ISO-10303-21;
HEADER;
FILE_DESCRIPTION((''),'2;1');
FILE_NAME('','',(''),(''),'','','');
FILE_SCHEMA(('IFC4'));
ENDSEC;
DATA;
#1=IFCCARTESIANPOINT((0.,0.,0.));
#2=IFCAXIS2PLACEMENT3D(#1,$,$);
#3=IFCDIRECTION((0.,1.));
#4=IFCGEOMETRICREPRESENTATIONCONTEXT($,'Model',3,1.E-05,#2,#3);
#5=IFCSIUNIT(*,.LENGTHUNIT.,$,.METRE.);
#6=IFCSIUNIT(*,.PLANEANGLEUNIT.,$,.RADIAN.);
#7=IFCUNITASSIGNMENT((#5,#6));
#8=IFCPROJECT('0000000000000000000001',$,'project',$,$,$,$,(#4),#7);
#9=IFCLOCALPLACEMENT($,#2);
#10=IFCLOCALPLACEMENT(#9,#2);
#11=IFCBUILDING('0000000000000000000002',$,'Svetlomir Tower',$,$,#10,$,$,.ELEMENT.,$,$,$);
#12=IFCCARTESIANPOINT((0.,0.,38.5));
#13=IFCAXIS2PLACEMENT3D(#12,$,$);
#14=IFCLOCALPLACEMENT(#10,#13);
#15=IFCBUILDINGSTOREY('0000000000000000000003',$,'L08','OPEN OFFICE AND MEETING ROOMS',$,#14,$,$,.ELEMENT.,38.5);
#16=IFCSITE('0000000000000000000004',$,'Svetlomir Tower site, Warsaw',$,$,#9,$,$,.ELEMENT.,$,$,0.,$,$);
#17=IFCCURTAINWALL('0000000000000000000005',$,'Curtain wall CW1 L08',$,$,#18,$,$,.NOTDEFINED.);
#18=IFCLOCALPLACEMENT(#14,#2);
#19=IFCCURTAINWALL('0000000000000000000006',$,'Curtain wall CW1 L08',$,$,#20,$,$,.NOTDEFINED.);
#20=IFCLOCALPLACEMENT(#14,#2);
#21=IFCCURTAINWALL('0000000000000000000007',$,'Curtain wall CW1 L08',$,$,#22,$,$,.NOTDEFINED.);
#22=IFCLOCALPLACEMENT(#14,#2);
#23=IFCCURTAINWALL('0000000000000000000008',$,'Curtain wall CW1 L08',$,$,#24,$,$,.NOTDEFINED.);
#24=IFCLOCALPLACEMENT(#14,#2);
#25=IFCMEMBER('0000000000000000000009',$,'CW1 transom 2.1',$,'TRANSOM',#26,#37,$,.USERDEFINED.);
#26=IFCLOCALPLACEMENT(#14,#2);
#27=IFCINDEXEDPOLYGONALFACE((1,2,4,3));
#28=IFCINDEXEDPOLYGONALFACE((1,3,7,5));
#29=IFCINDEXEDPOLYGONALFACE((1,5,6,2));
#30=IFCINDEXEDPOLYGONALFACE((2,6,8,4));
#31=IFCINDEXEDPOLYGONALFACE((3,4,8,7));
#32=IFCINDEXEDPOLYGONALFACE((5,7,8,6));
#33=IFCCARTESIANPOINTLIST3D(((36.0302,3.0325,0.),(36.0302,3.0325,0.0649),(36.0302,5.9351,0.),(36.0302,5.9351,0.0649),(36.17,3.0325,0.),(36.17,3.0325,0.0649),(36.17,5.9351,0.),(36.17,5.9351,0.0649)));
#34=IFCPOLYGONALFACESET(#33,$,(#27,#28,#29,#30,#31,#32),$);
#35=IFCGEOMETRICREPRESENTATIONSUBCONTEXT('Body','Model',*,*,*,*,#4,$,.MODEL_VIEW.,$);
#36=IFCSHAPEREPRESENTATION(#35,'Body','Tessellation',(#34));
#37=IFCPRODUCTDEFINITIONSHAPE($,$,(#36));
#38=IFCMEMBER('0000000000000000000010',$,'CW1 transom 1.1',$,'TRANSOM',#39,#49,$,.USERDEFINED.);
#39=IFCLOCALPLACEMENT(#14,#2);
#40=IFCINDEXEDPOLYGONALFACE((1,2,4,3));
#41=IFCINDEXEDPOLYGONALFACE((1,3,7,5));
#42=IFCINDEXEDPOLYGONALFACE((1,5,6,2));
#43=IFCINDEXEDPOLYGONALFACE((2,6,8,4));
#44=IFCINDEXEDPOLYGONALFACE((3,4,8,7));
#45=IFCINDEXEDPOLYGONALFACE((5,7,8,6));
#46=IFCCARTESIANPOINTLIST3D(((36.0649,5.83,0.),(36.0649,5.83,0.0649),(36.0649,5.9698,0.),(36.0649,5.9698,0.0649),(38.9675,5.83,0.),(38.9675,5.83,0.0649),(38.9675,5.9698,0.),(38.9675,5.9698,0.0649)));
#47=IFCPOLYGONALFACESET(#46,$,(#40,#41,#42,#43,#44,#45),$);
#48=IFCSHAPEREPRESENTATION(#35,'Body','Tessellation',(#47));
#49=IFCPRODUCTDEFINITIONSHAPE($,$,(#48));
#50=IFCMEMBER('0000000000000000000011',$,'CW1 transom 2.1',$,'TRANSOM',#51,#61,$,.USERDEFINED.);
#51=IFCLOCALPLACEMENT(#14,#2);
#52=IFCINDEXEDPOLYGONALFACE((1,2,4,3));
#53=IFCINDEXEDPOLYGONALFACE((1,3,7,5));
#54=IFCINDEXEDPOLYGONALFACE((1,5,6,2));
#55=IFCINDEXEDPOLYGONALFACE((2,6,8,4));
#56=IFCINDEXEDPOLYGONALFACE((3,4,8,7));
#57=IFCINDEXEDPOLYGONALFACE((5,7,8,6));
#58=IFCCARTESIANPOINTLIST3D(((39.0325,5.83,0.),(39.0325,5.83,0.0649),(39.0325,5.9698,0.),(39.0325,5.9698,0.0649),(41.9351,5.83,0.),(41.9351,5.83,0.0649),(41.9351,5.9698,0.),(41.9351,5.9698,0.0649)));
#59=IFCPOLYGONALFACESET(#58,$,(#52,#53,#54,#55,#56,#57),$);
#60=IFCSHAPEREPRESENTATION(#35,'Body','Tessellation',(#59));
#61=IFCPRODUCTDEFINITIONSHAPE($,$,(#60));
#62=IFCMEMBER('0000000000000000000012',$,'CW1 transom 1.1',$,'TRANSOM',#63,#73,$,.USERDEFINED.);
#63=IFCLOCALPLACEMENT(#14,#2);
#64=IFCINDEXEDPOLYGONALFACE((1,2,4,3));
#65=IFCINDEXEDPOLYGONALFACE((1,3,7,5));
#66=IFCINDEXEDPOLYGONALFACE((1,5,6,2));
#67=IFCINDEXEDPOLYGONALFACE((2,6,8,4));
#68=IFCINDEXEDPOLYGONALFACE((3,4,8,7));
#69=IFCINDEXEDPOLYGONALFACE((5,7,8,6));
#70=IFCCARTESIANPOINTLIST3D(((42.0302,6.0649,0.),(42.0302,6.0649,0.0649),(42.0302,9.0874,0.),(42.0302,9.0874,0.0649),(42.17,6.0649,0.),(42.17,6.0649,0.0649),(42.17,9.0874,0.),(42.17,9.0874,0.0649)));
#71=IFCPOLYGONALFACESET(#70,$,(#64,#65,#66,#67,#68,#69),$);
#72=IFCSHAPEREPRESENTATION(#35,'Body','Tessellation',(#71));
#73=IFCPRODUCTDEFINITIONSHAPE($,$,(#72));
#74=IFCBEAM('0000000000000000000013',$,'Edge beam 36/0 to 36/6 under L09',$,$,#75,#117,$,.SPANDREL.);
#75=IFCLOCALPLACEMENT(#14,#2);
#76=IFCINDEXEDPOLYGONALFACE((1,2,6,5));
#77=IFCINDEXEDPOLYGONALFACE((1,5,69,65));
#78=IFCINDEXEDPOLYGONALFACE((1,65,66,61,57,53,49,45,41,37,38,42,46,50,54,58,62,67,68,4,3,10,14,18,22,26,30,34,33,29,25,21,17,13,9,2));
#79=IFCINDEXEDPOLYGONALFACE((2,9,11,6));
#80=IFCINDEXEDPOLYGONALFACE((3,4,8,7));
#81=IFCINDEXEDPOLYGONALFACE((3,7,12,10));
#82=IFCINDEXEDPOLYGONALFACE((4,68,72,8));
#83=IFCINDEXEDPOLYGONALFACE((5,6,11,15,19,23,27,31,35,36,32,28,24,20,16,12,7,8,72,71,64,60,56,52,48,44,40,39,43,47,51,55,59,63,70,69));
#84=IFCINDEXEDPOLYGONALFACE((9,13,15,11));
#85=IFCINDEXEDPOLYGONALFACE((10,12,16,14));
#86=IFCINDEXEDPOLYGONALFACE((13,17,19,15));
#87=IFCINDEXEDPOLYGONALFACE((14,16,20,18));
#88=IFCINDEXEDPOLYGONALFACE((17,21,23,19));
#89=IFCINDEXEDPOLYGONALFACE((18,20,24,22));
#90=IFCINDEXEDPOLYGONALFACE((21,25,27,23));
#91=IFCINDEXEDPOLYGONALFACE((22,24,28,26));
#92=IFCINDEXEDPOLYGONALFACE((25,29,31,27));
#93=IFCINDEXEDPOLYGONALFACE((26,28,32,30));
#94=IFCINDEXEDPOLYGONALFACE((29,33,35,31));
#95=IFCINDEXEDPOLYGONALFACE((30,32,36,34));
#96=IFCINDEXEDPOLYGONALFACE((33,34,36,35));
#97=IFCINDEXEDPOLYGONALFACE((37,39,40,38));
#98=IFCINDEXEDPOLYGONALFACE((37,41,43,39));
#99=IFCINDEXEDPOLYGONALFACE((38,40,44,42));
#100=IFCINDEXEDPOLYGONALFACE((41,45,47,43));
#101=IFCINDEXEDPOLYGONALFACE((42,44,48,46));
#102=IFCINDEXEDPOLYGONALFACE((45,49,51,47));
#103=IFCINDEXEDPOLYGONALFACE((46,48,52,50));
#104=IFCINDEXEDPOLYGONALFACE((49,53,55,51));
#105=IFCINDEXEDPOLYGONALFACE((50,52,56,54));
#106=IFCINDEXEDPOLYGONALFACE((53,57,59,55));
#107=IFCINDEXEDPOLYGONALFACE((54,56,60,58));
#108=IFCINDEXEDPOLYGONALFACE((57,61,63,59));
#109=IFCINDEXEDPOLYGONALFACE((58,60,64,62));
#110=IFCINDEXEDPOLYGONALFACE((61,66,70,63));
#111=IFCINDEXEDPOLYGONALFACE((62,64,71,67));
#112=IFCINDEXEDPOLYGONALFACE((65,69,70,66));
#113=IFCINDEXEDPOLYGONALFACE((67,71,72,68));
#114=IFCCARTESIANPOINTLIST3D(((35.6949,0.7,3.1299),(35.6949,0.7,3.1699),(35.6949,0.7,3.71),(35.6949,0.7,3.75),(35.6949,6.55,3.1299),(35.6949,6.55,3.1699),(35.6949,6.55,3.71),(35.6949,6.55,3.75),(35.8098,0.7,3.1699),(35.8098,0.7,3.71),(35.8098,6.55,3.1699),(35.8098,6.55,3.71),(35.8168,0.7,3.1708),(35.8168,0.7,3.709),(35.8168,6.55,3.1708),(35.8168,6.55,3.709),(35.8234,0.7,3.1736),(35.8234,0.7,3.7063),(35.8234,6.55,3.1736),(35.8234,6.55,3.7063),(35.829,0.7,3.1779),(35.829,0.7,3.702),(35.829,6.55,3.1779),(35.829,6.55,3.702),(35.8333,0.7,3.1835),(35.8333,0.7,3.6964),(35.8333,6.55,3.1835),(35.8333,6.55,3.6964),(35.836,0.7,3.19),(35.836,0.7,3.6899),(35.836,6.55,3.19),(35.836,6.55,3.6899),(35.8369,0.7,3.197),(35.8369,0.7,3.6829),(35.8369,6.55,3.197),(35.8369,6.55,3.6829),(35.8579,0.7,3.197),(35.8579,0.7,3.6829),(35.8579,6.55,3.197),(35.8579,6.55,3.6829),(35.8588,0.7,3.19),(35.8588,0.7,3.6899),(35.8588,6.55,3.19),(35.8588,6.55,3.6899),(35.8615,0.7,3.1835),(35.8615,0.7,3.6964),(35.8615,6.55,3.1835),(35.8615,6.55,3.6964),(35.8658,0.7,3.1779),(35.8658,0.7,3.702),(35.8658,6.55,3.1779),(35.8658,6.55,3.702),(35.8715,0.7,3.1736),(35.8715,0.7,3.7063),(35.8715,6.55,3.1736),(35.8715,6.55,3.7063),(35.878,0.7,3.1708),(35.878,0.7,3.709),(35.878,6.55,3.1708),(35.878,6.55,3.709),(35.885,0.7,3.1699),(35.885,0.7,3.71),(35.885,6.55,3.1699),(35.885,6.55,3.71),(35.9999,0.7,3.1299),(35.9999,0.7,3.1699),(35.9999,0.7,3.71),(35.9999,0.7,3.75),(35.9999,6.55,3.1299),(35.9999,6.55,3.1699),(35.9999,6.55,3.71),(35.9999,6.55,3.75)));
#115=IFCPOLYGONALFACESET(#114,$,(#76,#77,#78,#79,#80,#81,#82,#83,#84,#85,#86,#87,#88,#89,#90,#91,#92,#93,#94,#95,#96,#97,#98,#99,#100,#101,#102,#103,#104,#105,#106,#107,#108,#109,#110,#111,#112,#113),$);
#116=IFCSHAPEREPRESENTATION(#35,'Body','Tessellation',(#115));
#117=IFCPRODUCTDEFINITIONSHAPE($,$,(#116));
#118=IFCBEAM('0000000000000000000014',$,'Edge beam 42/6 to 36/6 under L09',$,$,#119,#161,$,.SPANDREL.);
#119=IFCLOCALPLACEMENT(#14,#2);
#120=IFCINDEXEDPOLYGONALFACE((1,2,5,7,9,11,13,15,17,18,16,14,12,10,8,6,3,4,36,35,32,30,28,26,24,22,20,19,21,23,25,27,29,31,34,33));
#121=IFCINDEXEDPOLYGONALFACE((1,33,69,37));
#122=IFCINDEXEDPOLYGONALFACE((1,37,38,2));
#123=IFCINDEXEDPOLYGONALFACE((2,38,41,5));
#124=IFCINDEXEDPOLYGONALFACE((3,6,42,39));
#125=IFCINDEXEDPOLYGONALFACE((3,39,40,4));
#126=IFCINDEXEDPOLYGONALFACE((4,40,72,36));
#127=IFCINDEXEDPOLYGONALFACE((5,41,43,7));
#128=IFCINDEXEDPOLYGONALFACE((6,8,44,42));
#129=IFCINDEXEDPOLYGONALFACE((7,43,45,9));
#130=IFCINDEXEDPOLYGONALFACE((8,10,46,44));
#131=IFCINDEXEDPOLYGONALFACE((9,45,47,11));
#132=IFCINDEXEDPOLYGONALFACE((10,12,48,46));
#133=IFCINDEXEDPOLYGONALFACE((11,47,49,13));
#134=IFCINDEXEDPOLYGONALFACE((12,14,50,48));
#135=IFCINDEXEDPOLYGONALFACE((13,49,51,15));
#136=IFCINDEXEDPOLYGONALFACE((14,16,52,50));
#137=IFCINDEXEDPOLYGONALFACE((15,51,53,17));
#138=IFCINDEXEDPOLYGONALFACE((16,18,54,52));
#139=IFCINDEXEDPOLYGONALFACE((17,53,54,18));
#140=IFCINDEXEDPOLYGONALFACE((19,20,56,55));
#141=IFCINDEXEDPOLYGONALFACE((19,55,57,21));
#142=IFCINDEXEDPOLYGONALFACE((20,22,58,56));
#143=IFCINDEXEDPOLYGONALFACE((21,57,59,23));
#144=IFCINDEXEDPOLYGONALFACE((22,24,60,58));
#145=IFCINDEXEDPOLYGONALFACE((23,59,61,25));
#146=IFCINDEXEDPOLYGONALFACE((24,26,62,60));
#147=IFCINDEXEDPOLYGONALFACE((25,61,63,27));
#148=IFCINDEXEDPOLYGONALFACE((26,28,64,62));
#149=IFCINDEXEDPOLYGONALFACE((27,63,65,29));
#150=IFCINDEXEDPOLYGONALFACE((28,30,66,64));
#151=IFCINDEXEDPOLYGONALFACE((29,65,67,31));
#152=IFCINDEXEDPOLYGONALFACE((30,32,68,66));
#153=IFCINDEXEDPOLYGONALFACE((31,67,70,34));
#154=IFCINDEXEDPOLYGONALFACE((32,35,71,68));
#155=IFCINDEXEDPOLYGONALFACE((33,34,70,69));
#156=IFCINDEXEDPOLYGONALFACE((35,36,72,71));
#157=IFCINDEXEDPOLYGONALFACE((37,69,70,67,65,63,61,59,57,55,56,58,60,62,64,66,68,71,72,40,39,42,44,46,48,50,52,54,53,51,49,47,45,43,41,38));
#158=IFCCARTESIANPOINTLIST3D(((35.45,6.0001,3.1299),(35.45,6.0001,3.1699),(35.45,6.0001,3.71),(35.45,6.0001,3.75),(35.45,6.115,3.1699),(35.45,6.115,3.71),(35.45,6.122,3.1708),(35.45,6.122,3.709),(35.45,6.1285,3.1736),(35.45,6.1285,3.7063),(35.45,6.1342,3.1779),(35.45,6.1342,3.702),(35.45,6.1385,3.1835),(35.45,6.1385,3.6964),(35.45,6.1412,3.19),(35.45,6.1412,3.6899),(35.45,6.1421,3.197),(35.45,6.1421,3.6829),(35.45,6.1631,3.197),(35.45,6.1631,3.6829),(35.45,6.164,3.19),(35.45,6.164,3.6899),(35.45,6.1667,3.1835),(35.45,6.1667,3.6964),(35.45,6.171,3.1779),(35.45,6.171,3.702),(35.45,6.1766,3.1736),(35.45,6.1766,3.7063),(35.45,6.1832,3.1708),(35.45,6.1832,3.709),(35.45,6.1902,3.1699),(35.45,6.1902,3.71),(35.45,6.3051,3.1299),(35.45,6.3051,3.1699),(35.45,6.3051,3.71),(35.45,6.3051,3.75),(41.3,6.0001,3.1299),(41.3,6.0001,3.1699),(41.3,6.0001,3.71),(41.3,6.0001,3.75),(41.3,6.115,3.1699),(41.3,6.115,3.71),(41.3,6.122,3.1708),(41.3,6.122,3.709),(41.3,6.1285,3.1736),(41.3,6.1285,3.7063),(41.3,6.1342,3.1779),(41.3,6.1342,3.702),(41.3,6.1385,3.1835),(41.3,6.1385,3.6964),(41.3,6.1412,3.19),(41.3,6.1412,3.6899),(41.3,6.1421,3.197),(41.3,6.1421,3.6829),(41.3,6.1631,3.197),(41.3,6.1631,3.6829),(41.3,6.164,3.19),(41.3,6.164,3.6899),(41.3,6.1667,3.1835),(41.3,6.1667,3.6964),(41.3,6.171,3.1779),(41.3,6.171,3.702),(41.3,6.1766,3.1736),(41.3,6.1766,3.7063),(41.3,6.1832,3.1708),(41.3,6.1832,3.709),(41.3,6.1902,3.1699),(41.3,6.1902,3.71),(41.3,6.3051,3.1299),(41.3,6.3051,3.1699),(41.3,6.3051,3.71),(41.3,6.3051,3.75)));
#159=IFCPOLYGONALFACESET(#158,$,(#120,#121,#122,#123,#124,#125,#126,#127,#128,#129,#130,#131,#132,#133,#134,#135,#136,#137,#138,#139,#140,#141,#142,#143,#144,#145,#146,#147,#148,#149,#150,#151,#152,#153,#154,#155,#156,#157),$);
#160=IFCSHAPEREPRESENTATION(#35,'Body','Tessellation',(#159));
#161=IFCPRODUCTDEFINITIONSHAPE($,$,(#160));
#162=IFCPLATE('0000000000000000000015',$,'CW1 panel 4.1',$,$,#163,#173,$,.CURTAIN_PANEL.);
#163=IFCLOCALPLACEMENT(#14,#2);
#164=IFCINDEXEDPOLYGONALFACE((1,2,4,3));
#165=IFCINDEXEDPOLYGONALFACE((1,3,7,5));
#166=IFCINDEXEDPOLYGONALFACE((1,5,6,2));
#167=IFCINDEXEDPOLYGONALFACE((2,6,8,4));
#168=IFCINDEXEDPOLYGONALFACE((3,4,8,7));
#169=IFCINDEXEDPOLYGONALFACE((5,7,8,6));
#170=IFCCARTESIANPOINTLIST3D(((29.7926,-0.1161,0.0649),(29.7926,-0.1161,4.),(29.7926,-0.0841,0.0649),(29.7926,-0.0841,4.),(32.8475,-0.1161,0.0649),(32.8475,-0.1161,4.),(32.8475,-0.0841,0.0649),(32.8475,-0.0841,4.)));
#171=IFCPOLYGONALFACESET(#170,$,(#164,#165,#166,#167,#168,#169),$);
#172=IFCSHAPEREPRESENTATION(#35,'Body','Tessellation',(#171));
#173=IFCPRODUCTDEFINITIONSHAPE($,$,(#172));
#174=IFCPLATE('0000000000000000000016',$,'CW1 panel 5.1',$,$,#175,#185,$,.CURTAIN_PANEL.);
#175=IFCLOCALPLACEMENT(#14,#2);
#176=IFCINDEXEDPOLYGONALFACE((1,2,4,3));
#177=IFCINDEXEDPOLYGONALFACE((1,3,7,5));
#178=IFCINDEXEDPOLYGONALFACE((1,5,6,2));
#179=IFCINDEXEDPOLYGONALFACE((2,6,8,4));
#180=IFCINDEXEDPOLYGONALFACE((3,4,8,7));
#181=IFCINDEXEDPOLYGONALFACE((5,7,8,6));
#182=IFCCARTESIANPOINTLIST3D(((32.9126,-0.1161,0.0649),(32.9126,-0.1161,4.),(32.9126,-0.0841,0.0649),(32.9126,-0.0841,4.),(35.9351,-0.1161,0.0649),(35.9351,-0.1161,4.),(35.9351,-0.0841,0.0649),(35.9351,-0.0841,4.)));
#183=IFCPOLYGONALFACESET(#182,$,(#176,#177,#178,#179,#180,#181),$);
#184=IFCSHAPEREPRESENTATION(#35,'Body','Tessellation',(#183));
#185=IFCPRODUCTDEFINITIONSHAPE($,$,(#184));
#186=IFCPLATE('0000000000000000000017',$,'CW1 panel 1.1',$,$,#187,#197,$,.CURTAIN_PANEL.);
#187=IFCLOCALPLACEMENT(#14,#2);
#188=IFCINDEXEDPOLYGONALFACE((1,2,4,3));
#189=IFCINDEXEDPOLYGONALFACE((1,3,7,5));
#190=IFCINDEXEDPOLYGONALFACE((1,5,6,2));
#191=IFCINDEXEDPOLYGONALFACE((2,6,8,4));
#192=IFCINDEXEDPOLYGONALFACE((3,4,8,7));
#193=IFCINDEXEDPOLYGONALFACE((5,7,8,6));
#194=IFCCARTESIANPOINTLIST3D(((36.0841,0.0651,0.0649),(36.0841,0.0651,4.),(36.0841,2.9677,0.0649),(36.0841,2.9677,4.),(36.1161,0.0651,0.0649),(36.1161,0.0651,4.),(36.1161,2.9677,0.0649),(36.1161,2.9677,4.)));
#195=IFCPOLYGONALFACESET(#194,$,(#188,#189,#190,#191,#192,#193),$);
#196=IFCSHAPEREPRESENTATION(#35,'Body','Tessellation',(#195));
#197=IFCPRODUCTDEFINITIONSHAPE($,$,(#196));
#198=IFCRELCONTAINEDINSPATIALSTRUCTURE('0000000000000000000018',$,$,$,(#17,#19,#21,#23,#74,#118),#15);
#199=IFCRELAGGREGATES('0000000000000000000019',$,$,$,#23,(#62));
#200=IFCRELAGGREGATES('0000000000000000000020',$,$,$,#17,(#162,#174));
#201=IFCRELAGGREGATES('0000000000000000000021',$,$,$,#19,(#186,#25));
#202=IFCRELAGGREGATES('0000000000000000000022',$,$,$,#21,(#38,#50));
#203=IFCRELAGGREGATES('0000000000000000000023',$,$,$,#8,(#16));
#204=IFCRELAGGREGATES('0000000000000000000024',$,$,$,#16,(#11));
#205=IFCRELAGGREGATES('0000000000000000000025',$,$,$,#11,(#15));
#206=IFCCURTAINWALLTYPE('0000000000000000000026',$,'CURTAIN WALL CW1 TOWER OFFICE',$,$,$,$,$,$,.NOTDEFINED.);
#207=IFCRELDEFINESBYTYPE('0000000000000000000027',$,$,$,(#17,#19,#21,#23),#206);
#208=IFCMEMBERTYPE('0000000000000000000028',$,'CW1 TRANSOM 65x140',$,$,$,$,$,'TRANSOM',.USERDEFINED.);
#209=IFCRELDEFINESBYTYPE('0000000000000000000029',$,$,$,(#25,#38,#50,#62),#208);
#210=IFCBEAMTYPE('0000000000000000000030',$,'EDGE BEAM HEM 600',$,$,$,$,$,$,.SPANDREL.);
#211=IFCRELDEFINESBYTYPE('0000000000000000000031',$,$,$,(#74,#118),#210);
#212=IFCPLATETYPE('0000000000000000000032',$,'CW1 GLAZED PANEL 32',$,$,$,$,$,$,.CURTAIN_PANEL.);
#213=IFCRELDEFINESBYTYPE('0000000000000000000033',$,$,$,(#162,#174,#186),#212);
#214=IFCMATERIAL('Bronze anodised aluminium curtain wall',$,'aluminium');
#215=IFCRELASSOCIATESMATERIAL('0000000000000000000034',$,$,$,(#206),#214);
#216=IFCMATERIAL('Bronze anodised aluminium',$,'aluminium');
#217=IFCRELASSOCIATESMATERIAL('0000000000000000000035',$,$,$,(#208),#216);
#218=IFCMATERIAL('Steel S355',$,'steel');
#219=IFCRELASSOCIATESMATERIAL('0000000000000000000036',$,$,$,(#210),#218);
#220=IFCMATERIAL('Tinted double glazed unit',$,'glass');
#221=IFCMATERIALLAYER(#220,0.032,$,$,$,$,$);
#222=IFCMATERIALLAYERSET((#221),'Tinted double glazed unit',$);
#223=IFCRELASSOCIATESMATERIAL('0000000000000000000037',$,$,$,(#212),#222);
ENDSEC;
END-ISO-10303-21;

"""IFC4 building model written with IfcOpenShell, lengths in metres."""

from ifc_helpers import new_model, si_unit, direction, frame, origin, origin_2d, place, context, subcontext, project, spatial, rectangle, i_section, extrude, material, layer, layer_set, material_profile, profile_set, type_object, element, aggregate, save


model = new_model("IFC4")

# Units and contexts
model_context = context("Model", 3, precision=1e-05, world=origin(), true_north=direction((0.0, 1.0)))
body_context = subcontext(model_context, "Body", "Model", "MODEL_VIEW")
ifc_project = project(units=[si_unit("LENGTHUNIT", "METRE"), si_unit("PLANEANGLEUNIT", "RADIAN")], contexts=[model_context])

# Site, building, storey
site_placement = place(None, origin())
site = spatial("IfcSite", under=ifc_project, at=site_placement, Name="Svetlomir Tower site, Warsaw", CompositionType="ELEMENT", RefElevation=0.0)
building_placement = place(site_placement, origin())
building = spatial("IfcBuilding", under=site, at=building_placement, Name="Svetlomir Tower", CompositionType="ELEMENT")
storey_placement = place(building_placement, frame((0.0, 0.0, 38.5)))
storey = spatial("IfcBuildingStorey", under=building, at=storey_placement, Name="L08", Description="OPEN OFFICE AND MEETING ROOMS", CompositionType="ELEMENT", Elevation=38.5)

# Curtain walls
ifc_material_1 = material(Name="Bronze anodised aluminium curtain wall", Category="aluminium")
curtain_wall_type = type_object("IfcCurtainWallType", Name="CURTAIN WALL CW1 TOWER OFFICE", PredefinedType="NOTDEFINED", material=ifc_material_1)
curtain_wall_1_placement = place(storey_placement, origin())
curtain_wall_1 = element("IfcCurtainWall", 1, at=curtain_wall_1_placement, inside=storey, type_object=curtain_wall_type, Name="Curtain wall CW1 L08", PredefinedType="NOTDEFINED")
curtain_wall_2_placement = place(storey_placement, origin())
curtain_wall_2 = element("IfcCurtainWall", 2, at=curtain_wall_2_placement, inside=storey, type_object=curtain_wall_type, Name="Curtain wall CW1 L08", PredefinedType="NOTDEFINED")
curtain_wall_3_placement = place(storey_placement, origin())
curtain_wall_3 = element("IfcCurtainWall", 3, at=curtain_wall_3_placement, inside=storey, type_object=curtain_wall_type, Name="Curtain wall CW1 L08", PredefinedType="NOTDEFINED")

# Curtain wall
curtain_wall_4_placement = place(storey_placement, origin())
curtain_wall_4 = element("IfcCurtainWall", 4, at=curtain_wall_4_placement, inside=storey, type_object=curtain_wall_type, Name="Curtain wall CW1 L08", PredefinedType="NOTDEFINED")

# Members
ifc_material_2 = material(Name="Bronze anodised aluminium", Category="aluminium")
ifc_material_profile_1 = material_profile(ifc_material_2, rectangle(XDim=0.1399, YDim=0.0649, at=origin_2d()), Name="AL 140x65")
ifc_profile_set_1 = profile_set([ifc_material_profile_1], Name="Bronze anodised aluminium 6063-T6")
member_type_1 = type_object("IfcMemberType", Name="CW1 TRANSOM 65x140", ElementType="TRANSOM", PredefinedType="USERDEFINED", material=ifc_profile_set_1)
member_1_placement = place(storey_placement, frame((36.1001, 3.0325, 0.0325), z_axis=(0.0, 1.0, 0.0), x_axis=(-1.0, 0.0, 0.0)))
member_1 = element("IfcMember", 5, at=member_1_placement, type_object=member_type_1, Name="CW1 transom 2.1", ObjectType="TRANSOM", PredefinedType="USERDEFINED", context=body_context, shape_type="SweptSolid", body=[
    extrude(rectangle(XDim=0.1399, YDim=0.0649, at=origin_2d()), origin(), (0.0, 0.0, 1.0), 2.9026),
])
member_2_placement = place(storey_placement, frame((36.0649, 5.8999, 0.0325), z_axis=(1.0, 0.0, 0.0), x_axis=(0.0, 1.0, 0.0)))
member_2 = element("IfcMember", 6, at=member_2_placement, type_object=member_type_1, Name="CW1 transom 1.1", ObjectType="TRANSOM", PredefinedType="USERDEFINED", context=body_context, shape_type="SweptSolid", body=[
    extrude(rectangle(XDim=0.1399, YDim=0.0649, at=origin_2d()), origin(), (0.0, 0.0, 1.0), 2.9026),
])
member_3_placement = place(storey_placement, frame((39.0325, 5.8999, 0.0325), z_axis=(1.0, 0.0, 0.0), x_axis=(0.0, 1.0, 0.0)))
member_3 = element("IfcMember", 7, at=member_3_placement, type_object=member_type_1, Name="CW1 transom 2.1", ObjectType="TRANSOM", PredefinedType="USERDEFINED", context=body_context, shape_type="SweptSolid", body=[
    extrude(rectangle(XDim=0.1399, YDim=0.0649, at=origin_2d()), origin(), (0.0, 0.0, 1.0), 2.9026),
])
member_4_placement = place(storey_placement, frame((42.1001, 6.0649, 0.0325), z_axis=(0.0, 1.0, 0.0), x_axis=(-1.0, 0.0, 0.0)))
member_4 = element("IfcMember", 8, at=member_4_placement, type_object=member_type_1, Name="CW1 transom 1.1", ObjectType="TRANSOM", PredefinedType="USERDEFINED", context=body_context, shape_type="SweptSolid", body=[
    extrude(rectangle(XDim=0.1399, YDim=0.0649, at=origin_2d()), origin(), (0.0, 0.0, 1.0), 3.0225),
])
aggregate(curtain_wall_4, [member_4])

# Beams
ifc_material_3 = material(Name="Steel S355", Category="steel")
ifc_material_profile_2 = material_profile(ifc_material_3, i_section(OverallWidth=0.3049, OverallDepth=0.6201, WebThickness=0.021, FlangeThickness=0.04, FilletRadius=0.0271, at=origin_2d()), Name="HEM 600")
ifc_profile_set_2 = profile_set([ifc_material_profile_2], Name="Steel S355")
beam_type = type_object("IfcBeamType", Name="EDGE BEAM HEM 600", PredefinedType="SPANDREL", material=ifc_profile_set_2)
for number, where, z_axis, x_axis, name in (
    (9, (35.8474, 0.7, 3.4399), (0.0, 1.0, 0.0), (-1.0, 0.0, 0.0), "Edge beam 36/0 to 36/6 under L09"),
    (10, (41.3, 6.1526, 3.4399), (-1.0, 0.0, 0.0), (0.0, -1.0, 0.0), "Edge beam 42/6 to 36/6 under L09"),
):
    element("IfcBeam", number, at=place(storey_placement, frame(where, z_axis=z_axis, x_axis=x_axis)), inside=storey, type_object=beam_type, Name=name, PredefinedType="SPANDREL", context=body_context, shape_type="SweptSolid", body=[
        extrude(i_section(OverallWidth=0.3049, OverallDepth=0.6201, WebThickness=0.021, FlangeThickness=0.04, FilletRadius=0.0271, at=origin_2d()), origin(), (0.0, 0.0, 1.0), 5.8501),
    ])

# Plates
ifc_material_4 = material(Name="Tinted double glazed unit", Category="glass")
ifc_layer_1 = layer(ifc_material_4, 0.032)
ifc_layer_set_1 = layer_set([ifc_layer_1], Name="Tinted double glazed unit")
plate_type = type_object("IfcPlateType", Name="CW1 GLAZED PANEL 32", PredefinedType="CURTAIN_PANEL", material=ifc_layer_set_1)
plate_1_placement = place(storey_placement, frame((31.3201, -0.1001, 0.0649), z_axis=(0.0, 0.0, 1.0), x_axis=(1.0, 0.0, 0.0)))
plate_1 = element("IfcPlate", 11, at=plate_1_placement, type_object=plate_type, Name="CW1 panel 4.1", PredefinedType="CURTAIN_PANEL", context=body_context, shape_type="SweptSolid", body=[
    extrude(rectangle(XDim=3.0549, YDim=0.032, at=origin_2d()), origin(), (0.0, 0.0, 1.0), 3.9351),
])
plate_2_placement = place(storey_placement, frame((34.4238, -0.1001, 0.0649), z_axis=(0.0, 0.0, 1.0), x_axis=(1.0, 0.0, 0.0)))
plate_2 = element("IfcPlate", 12, at=plate_2_placement, type_object=plate_type, Name="CW1 panel 5.1", PredefinedType="CURTAIN_PANEL", context=body_context, shape_type="SweptSolid", body=[
    extrude(rectangle(XDim=3.0225, YDim=0.032, at=origin_2d()), origin(), (0.0, 0.0, 1.0), 3.9351),
])
aggregate(curtain_wall_1, [plate_1, plate_2])
plate_3_placement = place(storey_placement, frame((36.1001, 1.5164, 0.0649), z_axis=(0.0, 0.0, 1.0), x_axis=(0.0, 1.0, 0.0)))
plate_3 = element("IfcPlate", 13, at=plate_3_placement, type_object=plate_type, Name="CW1 panel 1.1", PredefinedType="CURTAIN_PANEL", context=body_context, shape_type="SweptSolid", body=[
    extrude(rectangle(XDim=2.9026, YDim=0.032, at=origin_2d()), origin(), (0.0, 0.0, 1.0), 3.9351),
])
aggregate(curtain_wall_2, [plate_3, member_1])
aggregate(curtain_wall_3, [member_2, member_3])

save(model, "model.ifc")
